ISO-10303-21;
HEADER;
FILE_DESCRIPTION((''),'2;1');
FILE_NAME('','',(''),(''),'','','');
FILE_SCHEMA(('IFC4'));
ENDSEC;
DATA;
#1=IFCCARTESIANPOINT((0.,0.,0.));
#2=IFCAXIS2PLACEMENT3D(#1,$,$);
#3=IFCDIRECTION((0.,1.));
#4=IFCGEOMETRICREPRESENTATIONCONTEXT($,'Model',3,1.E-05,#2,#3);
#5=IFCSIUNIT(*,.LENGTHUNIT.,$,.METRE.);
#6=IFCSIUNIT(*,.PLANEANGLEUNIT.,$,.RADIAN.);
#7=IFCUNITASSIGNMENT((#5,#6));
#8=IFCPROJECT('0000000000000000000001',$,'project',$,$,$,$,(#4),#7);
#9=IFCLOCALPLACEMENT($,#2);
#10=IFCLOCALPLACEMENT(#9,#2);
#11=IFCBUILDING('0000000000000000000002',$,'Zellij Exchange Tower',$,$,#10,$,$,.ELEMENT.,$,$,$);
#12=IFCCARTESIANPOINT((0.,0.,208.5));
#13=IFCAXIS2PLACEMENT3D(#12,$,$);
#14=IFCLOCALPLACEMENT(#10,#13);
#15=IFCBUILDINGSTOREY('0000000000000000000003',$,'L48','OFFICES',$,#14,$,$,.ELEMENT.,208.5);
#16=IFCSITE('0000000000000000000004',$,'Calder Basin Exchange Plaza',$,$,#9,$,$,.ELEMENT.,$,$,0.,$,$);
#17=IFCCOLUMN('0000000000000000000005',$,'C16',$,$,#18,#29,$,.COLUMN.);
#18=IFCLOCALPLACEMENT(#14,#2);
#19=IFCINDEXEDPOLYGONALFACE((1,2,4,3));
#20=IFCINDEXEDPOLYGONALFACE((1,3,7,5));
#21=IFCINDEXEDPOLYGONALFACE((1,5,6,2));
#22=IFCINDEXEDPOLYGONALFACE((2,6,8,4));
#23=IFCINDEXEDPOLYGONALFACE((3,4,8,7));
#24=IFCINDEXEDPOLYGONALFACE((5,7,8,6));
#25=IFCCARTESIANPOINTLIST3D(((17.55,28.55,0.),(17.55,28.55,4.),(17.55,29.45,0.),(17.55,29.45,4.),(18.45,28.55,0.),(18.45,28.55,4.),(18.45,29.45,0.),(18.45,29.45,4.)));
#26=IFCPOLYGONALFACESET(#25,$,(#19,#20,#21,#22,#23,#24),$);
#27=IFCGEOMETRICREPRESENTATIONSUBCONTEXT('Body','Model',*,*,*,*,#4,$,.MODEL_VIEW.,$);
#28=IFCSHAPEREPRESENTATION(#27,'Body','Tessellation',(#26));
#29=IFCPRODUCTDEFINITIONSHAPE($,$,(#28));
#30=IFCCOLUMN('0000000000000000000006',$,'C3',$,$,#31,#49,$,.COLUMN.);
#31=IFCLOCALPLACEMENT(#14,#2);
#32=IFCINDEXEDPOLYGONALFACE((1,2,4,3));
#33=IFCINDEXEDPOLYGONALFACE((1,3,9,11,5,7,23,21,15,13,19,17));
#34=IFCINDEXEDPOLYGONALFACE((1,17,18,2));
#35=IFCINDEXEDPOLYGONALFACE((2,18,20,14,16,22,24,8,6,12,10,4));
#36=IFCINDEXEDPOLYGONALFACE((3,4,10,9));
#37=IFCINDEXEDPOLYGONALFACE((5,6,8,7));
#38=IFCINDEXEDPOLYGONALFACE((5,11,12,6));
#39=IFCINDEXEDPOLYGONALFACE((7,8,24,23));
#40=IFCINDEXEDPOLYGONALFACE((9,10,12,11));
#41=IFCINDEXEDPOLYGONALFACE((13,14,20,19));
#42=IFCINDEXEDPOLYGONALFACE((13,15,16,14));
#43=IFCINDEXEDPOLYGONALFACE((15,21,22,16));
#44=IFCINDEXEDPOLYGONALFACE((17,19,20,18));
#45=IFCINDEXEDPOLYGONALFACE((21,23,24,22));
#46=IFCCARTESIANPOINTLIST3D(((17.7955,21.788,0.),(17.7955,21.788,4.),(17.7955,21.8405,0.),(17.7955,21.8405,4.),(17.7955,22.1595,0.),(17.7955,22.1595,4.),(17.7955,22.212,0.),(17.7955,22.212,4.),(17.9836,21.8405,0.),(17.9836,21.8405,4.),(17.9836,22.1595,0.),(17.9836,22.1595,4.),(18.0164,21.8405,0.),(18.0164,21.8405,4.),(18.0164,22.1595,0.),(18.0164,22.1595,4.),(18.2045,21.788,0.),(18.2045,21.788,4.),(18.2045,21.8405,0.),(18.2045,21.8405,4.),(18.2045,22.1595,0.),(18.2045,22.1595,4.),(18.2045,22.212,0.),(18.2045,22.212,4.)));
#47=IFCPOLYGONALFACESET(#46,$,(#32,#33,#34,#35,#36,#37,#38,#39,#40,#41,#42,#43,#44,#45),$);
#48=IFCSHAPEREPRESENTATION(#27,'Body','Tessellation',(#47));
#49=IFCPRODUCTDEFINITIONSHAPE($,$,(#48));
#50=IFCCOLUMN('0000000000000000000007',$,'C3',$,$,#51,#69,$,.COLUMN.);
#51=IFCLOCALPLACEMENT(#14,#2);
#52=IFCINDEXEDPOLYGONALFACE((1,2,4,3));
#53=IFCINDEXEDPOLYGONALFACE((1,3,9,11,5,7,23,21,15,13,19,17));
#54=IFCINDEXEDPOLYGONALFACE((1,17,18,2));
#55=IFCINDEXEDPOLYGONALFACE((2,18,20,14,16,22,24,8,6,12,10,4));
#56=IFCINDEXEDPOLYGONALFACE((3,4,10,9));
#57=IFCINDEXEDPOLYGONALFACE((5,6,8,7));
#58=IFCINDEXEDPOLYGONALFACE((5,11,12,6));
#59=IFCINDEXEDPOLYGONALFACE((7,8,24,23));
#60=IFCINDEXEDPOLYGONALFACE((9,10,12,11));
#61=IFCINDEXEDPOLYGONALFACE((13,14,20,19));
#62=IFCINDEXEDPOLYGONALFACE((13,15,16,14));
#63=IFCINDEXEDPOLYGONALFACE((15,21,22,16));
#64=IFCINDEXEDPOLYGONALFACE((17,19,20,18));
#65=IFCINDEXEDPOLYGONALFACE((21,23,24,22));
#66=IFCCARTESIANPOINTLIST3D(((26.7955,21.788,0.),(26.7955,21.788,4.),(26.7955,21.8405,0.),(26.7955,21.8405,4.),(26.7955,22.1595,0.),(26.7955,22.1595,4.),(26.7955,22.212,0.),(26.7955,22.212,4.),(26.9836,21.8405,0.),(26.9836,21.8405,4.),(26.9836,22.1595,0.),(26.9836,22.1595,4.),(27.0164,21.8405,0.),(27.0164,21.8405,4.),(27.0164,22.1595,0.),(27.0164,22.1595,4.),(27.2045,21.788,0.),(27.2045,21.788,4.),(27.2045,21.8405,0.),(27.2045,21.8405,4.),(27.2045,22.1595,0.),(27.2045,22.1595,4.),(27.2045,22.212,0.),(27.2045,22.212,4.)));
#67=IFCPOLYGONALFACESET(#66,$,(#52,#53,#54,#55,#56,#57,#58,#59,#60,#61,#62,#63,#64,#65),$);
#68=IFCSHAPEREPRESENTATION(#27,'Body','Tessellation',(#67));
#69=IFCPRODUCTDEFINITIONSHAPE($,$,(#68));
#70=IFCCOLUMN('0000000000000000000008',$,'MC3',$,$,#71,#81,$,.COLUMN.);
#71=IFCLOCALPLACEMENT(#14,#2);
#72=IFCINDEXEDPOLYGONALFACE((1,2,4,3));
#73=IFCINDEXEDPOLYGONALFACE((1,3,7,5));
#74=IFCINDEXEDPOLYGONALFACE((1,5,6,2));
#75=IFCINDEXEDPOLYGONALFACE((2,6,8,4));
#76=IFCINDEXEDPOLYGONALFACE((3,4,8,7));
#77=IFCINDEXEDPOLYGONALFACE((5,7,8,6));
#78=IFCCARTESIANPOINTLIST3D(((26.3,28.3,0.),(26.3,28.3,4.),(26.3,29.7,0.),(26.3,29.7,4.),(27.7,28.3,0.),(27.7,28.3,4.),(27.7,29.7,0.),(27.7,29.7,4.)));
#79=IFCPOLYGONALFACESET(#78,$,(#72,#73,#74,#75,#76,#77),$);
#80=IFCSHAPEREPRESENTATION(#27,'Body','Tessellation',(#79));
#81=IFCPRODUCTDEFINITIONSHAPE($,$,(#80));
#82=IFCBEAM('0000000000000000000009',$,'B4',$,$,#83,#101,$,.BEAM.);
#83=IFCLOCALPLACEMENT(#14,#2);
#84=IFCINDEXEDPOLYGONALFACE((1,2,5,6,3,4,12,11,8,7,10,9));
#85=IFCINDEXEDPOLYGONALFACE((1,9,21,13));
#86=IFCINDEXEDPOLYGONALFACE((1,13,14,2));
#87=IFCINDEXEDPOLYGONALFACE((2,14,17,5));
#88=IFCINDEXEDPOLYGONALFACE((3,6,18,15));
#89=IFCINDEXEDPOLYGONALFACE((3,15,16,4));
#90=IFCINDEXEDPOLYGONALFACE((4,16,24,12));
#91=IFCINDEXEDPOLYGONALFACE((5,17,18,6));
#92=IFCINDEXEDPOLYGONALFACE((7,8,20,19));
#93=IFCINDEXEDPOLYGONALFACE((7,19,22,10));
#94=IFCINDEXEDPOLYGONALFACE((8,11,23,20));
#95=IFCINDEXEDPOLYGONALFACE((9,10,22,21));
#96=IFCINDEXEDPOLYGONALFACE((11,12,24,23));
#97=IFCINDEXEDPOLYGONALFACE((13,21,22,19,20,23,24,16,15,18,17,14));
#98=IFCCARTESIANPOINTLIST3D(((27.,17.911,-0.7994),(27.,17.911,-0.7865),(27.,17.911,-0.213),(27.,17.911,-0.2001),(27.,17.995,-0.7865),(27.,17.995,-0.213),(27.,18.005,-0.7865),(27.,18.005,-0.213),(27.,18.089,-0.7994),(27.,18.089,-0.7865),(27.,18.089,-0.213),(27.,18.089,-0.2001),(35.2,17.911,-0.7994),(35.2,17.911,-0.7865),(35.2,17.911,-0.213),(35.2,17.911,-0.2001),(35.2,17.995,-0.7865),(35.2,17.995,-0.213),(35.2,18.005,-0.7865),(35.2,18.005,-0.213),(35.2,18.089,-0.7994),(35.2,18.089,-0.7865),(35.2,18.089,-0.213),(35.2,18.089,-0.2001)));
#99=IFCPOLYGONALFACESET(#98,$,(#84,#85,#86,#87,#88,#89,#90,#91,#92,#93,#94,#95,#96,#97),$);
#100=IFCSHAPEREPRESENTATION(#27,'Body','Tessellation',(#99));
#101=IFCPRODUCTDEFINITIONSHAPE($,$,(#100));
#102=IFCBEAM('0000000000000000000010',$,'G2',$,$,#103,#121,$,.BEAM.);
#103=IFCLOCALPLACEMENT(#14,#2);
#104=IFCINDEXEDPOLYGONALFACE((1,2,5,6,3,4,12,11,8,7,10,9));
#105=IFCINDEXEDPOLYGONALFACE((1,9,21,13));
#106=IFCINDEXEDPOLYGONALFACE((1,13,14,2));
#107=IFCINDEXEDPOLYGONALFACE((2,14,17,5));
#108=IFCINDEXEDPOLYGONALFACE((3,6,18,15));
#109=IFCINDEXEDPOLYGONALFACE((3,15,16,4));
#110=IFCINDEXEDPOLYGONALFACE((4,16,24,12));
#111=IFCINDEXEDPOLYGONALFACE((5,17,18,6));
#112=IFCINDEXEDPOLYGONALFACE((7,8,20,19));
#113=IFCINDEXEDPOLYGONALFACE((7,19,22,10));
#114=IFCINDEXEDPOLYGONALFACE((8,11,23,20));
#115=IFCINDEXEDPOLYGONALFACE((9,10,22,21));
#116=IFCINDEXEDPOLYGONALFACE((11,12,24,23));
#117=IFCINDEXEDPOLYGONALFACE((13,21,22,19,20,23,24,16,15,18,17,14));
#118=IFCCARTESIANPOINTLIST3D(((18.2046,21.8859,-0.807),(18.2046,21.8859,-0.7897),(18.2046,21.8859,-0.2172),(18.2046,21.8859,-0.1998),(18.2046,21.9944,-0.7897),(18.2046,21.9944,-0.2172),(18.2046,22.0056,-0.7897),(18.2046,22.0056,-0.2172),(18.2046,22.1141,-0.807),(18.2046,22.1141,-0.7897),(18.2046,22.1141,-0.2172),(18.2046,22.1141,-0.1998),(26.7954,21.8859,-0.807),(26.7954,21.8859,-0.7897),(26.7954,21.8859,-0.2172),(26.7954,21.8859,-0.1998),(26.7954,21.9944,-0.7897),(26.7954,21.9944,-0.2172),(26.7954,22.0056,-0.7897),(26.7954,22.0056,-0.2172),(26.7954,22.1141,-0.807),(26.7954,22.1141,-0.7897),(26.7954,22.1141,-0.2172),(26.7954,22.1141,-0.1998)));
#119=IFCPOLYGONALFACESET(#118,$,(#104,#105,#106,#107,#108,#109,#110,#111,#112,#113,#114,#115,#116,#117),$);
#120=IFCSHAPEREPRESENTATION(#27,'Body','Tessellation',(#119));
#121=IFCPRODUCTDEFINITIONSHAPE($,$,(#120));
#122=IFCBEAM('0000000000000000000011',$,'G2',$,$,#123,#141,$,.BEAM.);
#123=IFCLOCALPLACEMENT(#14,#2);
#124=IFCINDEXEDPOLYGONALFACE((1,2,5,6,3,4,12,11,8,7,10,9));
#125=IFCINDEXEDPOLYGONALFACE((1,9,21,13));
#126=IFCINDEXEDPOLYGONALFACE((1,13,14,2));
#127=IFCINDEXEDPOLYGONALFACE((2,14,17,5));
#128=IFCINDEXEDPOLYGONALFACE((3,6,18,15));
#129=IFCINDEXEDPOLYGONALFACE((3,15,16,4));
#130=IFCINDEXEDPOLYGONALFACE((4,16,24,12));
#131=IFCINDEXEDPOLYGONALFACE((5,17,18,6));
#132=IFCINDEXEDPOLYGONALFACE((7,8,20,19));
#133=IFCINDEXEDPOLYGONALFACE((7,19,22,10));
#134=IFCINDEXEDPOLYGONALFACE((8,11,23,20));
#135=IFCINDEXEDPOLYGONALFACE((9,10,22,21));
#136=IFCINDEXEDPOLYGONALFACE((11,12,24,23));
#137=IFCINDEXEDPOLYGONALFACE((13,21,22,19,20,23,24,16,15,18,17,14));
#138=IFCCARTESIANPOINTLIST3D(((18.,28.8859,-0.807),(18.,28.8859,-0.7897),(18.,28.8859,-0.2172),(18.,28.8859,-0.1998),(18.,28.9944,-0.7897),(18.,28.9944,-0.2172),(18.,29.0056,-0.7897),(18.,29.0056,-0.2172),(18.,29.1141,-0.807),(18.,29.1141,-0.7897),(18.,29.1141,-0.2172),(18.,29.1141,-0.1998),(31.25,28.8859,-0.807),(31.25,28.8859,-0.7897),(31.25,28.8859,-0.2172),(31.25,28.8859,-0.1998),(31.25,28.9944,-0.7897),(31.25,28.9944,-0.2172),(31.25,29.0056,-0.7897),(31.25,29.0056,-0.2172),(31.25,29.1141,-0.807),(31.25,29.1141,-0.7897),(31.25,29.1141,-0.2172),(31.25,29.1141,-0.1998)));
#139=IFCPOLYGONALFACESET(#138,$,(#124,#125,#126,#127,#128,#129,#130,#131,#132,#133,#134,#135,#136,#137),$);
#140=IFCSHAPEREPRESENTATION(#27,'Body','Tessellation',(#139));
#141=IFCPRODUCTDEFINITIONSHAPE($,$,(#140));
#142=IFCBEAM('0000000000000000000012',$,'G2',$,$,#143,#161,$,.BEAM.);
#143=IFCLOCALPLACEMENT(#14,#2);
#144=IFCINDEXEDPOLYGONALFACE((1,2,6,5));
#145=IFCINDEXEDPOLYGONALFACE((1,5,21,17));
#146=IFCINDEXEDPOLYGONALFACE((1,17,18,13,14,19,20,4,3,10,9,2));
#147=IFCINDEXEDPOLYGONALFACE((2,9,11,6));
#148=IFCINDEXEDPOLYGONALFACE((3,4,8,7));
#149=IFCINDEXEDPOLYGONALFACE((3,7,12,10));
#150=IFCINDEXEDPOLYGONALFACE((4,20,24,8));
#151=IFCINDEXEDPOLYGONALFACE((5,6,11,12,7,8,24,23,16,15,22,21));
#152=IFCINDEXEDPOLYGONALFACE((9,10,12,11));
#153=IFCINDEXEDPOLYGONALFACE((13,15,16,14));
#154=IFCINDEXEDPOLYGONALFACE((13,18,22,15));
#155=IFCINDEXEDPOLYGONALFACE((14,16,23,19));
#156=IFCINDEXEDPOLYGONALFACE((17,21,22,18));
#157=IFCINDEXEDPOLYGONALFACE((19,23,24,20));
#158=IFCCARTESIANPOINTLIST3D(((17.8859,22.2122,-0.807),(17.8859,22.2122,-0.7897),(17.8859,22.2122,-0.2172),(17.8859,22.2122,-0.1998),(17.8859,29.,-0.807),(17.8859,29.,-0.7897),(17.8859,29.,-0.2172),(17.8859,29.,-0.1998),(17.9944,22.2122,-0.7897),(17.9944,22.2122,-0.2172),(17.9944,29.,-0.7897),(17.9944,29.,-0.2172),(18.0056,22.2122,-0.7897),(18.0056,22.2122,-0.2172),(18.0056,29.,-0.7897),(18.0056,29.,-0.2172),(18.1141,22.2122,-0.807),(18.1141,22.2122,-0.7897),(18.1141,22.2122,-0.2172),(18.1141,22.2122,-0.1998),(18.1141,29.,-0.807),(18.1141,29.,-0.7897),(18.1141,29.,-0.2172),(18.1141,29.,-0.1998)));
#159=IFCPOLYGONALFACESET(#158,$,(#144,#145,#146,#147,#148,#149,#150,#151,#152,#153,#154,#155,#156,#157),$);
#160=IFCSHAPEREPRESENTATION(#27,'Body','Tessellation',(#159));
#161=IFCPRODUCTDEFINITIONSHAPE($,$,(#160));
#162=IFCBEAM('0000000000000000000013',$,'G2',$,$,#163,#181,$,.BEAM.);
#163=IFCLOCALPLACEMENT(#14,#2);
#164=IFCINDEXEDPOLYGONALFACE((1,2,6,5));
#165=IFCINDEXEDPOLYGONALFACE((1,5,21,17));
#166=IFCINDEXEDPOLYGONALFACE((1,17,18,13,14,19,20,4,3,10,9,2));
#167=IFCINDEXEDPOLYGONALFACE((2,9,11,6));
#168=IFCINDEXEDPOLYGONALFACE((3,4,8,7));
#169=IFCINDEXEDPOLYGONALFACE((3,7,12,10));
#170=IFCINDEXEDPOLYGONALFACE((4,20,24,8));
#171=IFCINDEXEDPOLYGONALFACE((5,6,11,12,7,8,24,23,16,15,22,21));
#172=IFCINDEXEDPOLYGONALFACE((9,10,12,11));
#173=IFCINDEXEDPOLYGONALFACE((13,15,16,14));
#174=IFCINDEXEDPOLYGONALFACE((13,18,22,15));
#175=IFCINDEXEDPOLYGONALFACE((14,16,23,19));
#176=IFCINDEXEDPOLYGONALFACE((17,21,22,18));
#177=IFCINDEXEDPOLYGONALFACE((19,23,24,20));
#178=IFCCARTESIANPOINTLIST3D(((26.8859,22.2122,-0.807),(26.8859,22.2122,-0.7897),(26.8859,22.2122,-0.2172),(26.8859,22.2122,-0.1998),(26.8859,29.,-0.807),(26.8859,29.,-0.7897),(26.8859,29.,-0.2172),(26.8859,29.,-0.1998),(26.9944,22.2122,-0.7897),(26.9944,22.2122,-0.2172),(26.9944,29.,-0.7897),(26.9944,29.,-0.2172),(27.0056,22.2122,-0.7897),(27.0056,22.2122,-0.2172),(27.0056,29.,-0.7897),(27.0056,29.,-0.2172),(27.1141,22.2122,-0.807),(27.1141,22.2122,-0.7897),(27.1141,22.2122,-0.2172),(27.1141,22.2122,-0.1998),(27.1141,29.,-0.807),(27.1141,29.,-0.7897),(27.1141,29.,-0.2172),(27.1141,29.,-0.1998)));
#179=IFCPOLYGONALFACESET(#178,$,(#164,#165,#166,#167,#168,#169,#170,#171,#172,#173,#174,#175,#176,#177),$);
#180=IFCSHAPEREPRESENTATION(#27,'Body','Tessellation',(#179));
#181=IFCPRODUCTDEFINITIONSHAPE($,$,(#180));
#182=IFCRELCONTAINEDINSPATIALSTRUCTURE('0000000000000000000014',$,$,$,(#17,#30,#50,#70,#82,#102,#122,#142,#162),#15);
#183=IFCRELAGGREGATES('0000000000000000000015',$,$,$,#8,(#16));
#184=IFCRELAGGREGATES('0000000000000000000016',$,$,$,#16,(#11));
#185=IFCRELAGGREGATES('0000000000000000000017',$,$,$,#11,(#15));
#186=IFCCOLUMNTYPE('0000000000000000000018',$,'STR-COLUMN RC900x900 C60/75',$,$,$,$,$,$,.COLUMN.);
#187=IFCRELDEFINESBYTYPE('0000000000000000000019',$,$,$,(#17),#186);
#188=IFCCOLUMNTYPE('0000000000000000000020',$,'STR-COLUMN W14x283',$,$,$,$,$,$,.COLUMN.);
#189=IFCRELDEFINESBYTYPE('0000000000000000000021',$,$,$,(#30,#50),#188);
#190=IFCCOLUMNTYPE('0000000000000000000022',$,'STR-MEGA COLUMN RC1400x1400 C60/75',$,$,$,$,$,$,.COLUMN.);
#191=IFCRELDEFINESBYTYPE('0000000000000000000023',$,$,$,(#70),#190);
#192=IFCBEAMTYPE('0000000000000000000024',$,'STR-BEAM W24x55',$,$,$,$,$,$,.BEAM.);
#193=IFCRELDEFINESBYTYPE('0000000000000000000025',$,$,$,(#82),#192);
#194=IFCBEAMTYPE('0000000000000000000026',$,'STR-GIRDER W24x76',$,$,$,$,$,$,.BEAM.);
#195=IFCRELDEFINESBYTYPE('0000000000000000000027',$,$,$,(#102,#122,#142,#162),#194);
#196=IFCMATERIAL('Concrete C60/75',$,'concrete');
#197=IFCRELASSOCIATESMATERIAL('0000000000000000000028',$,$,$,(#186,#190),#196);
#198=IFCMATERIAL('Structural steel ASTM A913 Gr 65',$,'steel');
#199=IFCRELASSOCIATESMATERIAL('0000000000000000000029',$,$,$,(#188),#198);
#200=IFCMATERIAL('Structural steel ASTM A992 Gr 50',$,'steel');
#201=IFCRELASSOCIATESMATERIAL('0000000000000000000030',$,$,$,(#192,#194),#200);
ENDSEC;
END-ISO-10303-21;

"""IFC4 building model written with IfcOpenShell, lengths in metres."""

from ifc_helpers import new_model, si_unit, direction, frame, origin, origin_2d, place, context, subcontext, project, spatial, rectangle, i_section, extrude, material, material_profile, profile_set, type_object, element, save


model = new_model("IFC4")

# Units and contexts
model_context = context("Model", 3, precision=1e-05, world=origin(), true_north=direction((0.0, 1.0)))
body_context = subcontext(model_context, "Body", "Model", "MODEL_VIEW")
ifc_project = project(units=[si_unit("LENGTHUNIT", "METRE"), si_unit("PLANEANGLEUNIT", "RADIAN")], contexts=[model_context])

# Site, building, storey
site_placement = place(None, origin())
site = spatial("IfcSite", under=ifc_project, at=site_placement, Name="Calder Basin Exchange Plaza", CompositionType="ELEMENT", RefElevation=0.0)
building_placement = place(site_placement, origin())
building = spatial("IfcBuilding", under=site, at=building_placement, Name="Zellij Exchange Tower", CompositionType="ELEMENT")
storey_placement = place(building_placement, frame((0.0, 0.0, 208.5)))
storey = spatial("IfcBuildingStorey", under=building, at=storey_placement, Name="L48", Description="OFFICES", CompositionType="ELEMENT", Elevation=208.5)

# Columns
ifc_material_1 = material(Name="Concrete C60/75", Category="concrete")
ifc_material_profile_1 = material_profile(ifc_material_1, rectangle(XDim=0.8999, YDim=0.8999, at=origin_2d()), Name="STR-COLUMN RC900x900 C60/75")
ifc_profile_set_1 = profile_set([ifc_material_profile_1], Name="Concrete C60/75")
column_type_1 = type_object("IfcColumnType", Name="STR-COLUMN RC900x900 C60/75", PredefinedType="COLUMN", material=ifc_profile_set_1)
column_1_placement = place(storey_placement, frame((18.0, 29.0, 0.0), z_axis=(0.0, 0.0, 1.0), x_axis=(1.0, 0.0, 0.0)))
element("IfcColumn", 1, at=column_1_placement, inside=storey, type_object=column_type_1, Name="C16", PredefinedType="COLUMN", context=body_context, shape_type="SweptSolid", body=[
    extrude(rectangle(XDim=0.8999, YDim=0.8999, at=origin_2d()), origin(), (0.0, 0.0, 1.0), 4.0),
])
ifc_material_2 = material(Name="Structural steel ASTM A913 Gr 65", Category="steel")
ifc_material_profile_2 = material_profile(ifc_material_2, i_section(OverallWidth=0.4089, OverallDepth=0.4241, WebThickness=0.0327, FlangeThickness=0.0525, at=origin_2d()), Name="W14x283")
ifc_profile_set_2 = profile_set([ifc_material_profile_2], Name="Structural steel ASTM A913 Gr 65")
column_type_2 = type_object("IfcColumnType", Name="STR-COLUMN W14x283", PredefinedType="COLUMN", material=ifc_profile_set_2)
for number, where, z_axis, x_axis, name in (
    (2, (18.0, 22.0, 0.0), (0.0, 0.0, 1.0), (1.0, 0.0, 0.0), "C3"),
    (3, (27.0, 22.0, 0.0), (0.0, 0.0, 1.0), (1.0, 0.0, 0.0), "C3"),
):
    element("IfcColumn", number, at=place(storey_placement, frame(where, z_axis=z_axis, x_axis=x_axis)), inside=storey, type_object=column_type_2, Name=name, PredefinedType="COLUMN", context=body_context, shape_type="SweptSolid", body=[
        extrude(i_section(OverallWidth=0.4089, OverallDepth=0.4241, WebThickness=0.0327, FlangeThickness=0.0525, at=origin_2d()), origin(), (0.0, 0.0, 1.0), 4.0),
    ])
ifc_material_profile_3 = material_profile(ifc_material_1, rectangle(XDim=1.3999, YDim=1.3999, at=origin_2d()), Name="STR-MEGA COLUMN RC1400x1400 C60/75")
ifc_profile_set_3 = profile_set([ifc_material_profile_3], Name="Concrete C60/75")
column_type_3 = type_object("IfcColumnType", Name="STR-MEGA COLUMN RC1400x1400 C60/75", PredefinedType="COLUMN", material=ifc_profile_set_3)
column_2_placement = place(storey_placement, frame((27.0, 29.0, 0.0), z_axis=(0.0, 0.0, 1.0), x_axis=(1.0, 0.0, 0.0)))
element("IfcColumn", 4, at=column_2_placement, inside=storey, type_object=column_type_3, Name="MC3", PredefinedType="COLUMN", context=body_context, shape_type="SweptSolid", body=[
    extrude(rectangle(XDim=1.3999, YDim=1.3999, at=origin_2d()), origin(), (0.0, 0.0, 1.0), 4.0),
])

# Beams
ifc_material_3 = material(Name="Structural steel ASTM A992 Gr 50", Category="steel")
ifc_material_profile_4 = material_profile(ifc_material_3, i_section(OverallWidth=0.178, OverallDepth=0.5994, WebThickness=0.01, FlangeThickness=0.0129, at=origin_2d()), Name="W24x55")
ifc_profile_set_4 = profile_set([ifc_material_profile_4], Name="Structural steel ASTM A992 Gr 50")
beam_type_1 = type_object("IfcBeamType", Name="STR-BEAM W24x55", PredefinedType="BEAM", material=ifc_profile_set_4)
beam_1_placement = place(storey_placement, frame((27.0, 18.0, -0.4998), z_axis=(1.0, 0.0, 0.0), x_axis=(0.0, 1.0, 0.0)))
element("IfcBeam", 5, at=beam_1_placement, inside=storey, type_object=beam_type_1, Name="B4", PredefinedType="BEAM", context=body_context, shape_type="SweptSolid", body=[
    extrude(i_section(OverallWidth=0.178, OverallDepth=0.5994, WebThickness=0.01, FlangeThickness=0.0129, at=origin_2d()), origin(), (0.0, 0.0, 1.0), 8.2),
])
ifc_material_profile_5 = material_profile(ifc_material_3, i_section(OverallWidth=0.2283, OverallDepth=0.6072, WebThickness=0.0112, FlangeThickness=0.0173, at=origin_2d()), Name="W24x76")
ifc_profile_set_5 = profile_set([ifc_material_profile_5], Name="Structural steel ASTM A992 Gr 50")
beam_type_2 = type_object("IfcBeamType", Name="STR-GIRDER W24x76", PredefinedType="BEAM", material=ifc_profile_set_5)
beam_2_placement = place(storey_placement, frame((18.2046, 22.0, -0.5034), z_axis=(1.0, 0.0, 0.0), x_axis=(0.0, 1.0, 0.0)))
element("IfcBeam", 6, at=beam_2_placement, inside=storey, type_object=beam_type_2, Name="G2", PredefinedType="BEAM", context=body_context, shape_type="SweptSolid", body=[
    extrude(i_section(OverallWidth=0.2283, OverallDepth=0.6072, WebThickness=0.0112, FlangeThickness=0.0173, at=origin_2d()), origin(), (0.0, 0.0, 1.0), 8.5908),
])
beam_3_placement = place(storey_placement, frame((18.0, 29.0, -0.5034), z_axis=(1.0, 0.0, 0.0), x_axis=(0.0, 1.0, 0.0)))
element("IfcBeam", 7, at=beam_3_placement, inside=storey, type_object=beam_type_2, Name="G2", PredefinedType="BEAM", context=body_context, shape_type="SweptSolid", body=[
    extrude(i_section(OverallWidth=0.2283, OverallDepth=0.6072, WebThickness=0.0112, FlangeThickness=0.0173, at=origin_2d()), origin(), (0.0, 0.0, 1.0), 13.25),
])
for number, where, z_axis, x_axis, name in (
    (8, (18.0, 22.2122, -0.5034), (0.0, 1.0, 0.0), (-1.0, 0.0, 0.0), "G2"),
    (9, (27.0, 22.2122, -0.5034), (0.0, 1.0, 0.0), (-1.0, 0.0, 0.0), "G2"),
):
    element("IfcBeam", number, at=place(storey_placement, frame(where, z_axis=z_axis, x_axis=x_axis)), inside=storey, type_object=beam_type_2, Name=name, PredefinedType="BEAM", context=body_context, shape_type="SweptSolid", body=[
        extrude(i_section(OverallWidth=0.2283, OverallDepth=0.6072, WebThickness=0.0112, FlangeThickness=0.0173, at=origin_2d()), origin(), (0.0, 0.0, 1.0), 6.7878),
    ])

save(model, "model.ifc")
